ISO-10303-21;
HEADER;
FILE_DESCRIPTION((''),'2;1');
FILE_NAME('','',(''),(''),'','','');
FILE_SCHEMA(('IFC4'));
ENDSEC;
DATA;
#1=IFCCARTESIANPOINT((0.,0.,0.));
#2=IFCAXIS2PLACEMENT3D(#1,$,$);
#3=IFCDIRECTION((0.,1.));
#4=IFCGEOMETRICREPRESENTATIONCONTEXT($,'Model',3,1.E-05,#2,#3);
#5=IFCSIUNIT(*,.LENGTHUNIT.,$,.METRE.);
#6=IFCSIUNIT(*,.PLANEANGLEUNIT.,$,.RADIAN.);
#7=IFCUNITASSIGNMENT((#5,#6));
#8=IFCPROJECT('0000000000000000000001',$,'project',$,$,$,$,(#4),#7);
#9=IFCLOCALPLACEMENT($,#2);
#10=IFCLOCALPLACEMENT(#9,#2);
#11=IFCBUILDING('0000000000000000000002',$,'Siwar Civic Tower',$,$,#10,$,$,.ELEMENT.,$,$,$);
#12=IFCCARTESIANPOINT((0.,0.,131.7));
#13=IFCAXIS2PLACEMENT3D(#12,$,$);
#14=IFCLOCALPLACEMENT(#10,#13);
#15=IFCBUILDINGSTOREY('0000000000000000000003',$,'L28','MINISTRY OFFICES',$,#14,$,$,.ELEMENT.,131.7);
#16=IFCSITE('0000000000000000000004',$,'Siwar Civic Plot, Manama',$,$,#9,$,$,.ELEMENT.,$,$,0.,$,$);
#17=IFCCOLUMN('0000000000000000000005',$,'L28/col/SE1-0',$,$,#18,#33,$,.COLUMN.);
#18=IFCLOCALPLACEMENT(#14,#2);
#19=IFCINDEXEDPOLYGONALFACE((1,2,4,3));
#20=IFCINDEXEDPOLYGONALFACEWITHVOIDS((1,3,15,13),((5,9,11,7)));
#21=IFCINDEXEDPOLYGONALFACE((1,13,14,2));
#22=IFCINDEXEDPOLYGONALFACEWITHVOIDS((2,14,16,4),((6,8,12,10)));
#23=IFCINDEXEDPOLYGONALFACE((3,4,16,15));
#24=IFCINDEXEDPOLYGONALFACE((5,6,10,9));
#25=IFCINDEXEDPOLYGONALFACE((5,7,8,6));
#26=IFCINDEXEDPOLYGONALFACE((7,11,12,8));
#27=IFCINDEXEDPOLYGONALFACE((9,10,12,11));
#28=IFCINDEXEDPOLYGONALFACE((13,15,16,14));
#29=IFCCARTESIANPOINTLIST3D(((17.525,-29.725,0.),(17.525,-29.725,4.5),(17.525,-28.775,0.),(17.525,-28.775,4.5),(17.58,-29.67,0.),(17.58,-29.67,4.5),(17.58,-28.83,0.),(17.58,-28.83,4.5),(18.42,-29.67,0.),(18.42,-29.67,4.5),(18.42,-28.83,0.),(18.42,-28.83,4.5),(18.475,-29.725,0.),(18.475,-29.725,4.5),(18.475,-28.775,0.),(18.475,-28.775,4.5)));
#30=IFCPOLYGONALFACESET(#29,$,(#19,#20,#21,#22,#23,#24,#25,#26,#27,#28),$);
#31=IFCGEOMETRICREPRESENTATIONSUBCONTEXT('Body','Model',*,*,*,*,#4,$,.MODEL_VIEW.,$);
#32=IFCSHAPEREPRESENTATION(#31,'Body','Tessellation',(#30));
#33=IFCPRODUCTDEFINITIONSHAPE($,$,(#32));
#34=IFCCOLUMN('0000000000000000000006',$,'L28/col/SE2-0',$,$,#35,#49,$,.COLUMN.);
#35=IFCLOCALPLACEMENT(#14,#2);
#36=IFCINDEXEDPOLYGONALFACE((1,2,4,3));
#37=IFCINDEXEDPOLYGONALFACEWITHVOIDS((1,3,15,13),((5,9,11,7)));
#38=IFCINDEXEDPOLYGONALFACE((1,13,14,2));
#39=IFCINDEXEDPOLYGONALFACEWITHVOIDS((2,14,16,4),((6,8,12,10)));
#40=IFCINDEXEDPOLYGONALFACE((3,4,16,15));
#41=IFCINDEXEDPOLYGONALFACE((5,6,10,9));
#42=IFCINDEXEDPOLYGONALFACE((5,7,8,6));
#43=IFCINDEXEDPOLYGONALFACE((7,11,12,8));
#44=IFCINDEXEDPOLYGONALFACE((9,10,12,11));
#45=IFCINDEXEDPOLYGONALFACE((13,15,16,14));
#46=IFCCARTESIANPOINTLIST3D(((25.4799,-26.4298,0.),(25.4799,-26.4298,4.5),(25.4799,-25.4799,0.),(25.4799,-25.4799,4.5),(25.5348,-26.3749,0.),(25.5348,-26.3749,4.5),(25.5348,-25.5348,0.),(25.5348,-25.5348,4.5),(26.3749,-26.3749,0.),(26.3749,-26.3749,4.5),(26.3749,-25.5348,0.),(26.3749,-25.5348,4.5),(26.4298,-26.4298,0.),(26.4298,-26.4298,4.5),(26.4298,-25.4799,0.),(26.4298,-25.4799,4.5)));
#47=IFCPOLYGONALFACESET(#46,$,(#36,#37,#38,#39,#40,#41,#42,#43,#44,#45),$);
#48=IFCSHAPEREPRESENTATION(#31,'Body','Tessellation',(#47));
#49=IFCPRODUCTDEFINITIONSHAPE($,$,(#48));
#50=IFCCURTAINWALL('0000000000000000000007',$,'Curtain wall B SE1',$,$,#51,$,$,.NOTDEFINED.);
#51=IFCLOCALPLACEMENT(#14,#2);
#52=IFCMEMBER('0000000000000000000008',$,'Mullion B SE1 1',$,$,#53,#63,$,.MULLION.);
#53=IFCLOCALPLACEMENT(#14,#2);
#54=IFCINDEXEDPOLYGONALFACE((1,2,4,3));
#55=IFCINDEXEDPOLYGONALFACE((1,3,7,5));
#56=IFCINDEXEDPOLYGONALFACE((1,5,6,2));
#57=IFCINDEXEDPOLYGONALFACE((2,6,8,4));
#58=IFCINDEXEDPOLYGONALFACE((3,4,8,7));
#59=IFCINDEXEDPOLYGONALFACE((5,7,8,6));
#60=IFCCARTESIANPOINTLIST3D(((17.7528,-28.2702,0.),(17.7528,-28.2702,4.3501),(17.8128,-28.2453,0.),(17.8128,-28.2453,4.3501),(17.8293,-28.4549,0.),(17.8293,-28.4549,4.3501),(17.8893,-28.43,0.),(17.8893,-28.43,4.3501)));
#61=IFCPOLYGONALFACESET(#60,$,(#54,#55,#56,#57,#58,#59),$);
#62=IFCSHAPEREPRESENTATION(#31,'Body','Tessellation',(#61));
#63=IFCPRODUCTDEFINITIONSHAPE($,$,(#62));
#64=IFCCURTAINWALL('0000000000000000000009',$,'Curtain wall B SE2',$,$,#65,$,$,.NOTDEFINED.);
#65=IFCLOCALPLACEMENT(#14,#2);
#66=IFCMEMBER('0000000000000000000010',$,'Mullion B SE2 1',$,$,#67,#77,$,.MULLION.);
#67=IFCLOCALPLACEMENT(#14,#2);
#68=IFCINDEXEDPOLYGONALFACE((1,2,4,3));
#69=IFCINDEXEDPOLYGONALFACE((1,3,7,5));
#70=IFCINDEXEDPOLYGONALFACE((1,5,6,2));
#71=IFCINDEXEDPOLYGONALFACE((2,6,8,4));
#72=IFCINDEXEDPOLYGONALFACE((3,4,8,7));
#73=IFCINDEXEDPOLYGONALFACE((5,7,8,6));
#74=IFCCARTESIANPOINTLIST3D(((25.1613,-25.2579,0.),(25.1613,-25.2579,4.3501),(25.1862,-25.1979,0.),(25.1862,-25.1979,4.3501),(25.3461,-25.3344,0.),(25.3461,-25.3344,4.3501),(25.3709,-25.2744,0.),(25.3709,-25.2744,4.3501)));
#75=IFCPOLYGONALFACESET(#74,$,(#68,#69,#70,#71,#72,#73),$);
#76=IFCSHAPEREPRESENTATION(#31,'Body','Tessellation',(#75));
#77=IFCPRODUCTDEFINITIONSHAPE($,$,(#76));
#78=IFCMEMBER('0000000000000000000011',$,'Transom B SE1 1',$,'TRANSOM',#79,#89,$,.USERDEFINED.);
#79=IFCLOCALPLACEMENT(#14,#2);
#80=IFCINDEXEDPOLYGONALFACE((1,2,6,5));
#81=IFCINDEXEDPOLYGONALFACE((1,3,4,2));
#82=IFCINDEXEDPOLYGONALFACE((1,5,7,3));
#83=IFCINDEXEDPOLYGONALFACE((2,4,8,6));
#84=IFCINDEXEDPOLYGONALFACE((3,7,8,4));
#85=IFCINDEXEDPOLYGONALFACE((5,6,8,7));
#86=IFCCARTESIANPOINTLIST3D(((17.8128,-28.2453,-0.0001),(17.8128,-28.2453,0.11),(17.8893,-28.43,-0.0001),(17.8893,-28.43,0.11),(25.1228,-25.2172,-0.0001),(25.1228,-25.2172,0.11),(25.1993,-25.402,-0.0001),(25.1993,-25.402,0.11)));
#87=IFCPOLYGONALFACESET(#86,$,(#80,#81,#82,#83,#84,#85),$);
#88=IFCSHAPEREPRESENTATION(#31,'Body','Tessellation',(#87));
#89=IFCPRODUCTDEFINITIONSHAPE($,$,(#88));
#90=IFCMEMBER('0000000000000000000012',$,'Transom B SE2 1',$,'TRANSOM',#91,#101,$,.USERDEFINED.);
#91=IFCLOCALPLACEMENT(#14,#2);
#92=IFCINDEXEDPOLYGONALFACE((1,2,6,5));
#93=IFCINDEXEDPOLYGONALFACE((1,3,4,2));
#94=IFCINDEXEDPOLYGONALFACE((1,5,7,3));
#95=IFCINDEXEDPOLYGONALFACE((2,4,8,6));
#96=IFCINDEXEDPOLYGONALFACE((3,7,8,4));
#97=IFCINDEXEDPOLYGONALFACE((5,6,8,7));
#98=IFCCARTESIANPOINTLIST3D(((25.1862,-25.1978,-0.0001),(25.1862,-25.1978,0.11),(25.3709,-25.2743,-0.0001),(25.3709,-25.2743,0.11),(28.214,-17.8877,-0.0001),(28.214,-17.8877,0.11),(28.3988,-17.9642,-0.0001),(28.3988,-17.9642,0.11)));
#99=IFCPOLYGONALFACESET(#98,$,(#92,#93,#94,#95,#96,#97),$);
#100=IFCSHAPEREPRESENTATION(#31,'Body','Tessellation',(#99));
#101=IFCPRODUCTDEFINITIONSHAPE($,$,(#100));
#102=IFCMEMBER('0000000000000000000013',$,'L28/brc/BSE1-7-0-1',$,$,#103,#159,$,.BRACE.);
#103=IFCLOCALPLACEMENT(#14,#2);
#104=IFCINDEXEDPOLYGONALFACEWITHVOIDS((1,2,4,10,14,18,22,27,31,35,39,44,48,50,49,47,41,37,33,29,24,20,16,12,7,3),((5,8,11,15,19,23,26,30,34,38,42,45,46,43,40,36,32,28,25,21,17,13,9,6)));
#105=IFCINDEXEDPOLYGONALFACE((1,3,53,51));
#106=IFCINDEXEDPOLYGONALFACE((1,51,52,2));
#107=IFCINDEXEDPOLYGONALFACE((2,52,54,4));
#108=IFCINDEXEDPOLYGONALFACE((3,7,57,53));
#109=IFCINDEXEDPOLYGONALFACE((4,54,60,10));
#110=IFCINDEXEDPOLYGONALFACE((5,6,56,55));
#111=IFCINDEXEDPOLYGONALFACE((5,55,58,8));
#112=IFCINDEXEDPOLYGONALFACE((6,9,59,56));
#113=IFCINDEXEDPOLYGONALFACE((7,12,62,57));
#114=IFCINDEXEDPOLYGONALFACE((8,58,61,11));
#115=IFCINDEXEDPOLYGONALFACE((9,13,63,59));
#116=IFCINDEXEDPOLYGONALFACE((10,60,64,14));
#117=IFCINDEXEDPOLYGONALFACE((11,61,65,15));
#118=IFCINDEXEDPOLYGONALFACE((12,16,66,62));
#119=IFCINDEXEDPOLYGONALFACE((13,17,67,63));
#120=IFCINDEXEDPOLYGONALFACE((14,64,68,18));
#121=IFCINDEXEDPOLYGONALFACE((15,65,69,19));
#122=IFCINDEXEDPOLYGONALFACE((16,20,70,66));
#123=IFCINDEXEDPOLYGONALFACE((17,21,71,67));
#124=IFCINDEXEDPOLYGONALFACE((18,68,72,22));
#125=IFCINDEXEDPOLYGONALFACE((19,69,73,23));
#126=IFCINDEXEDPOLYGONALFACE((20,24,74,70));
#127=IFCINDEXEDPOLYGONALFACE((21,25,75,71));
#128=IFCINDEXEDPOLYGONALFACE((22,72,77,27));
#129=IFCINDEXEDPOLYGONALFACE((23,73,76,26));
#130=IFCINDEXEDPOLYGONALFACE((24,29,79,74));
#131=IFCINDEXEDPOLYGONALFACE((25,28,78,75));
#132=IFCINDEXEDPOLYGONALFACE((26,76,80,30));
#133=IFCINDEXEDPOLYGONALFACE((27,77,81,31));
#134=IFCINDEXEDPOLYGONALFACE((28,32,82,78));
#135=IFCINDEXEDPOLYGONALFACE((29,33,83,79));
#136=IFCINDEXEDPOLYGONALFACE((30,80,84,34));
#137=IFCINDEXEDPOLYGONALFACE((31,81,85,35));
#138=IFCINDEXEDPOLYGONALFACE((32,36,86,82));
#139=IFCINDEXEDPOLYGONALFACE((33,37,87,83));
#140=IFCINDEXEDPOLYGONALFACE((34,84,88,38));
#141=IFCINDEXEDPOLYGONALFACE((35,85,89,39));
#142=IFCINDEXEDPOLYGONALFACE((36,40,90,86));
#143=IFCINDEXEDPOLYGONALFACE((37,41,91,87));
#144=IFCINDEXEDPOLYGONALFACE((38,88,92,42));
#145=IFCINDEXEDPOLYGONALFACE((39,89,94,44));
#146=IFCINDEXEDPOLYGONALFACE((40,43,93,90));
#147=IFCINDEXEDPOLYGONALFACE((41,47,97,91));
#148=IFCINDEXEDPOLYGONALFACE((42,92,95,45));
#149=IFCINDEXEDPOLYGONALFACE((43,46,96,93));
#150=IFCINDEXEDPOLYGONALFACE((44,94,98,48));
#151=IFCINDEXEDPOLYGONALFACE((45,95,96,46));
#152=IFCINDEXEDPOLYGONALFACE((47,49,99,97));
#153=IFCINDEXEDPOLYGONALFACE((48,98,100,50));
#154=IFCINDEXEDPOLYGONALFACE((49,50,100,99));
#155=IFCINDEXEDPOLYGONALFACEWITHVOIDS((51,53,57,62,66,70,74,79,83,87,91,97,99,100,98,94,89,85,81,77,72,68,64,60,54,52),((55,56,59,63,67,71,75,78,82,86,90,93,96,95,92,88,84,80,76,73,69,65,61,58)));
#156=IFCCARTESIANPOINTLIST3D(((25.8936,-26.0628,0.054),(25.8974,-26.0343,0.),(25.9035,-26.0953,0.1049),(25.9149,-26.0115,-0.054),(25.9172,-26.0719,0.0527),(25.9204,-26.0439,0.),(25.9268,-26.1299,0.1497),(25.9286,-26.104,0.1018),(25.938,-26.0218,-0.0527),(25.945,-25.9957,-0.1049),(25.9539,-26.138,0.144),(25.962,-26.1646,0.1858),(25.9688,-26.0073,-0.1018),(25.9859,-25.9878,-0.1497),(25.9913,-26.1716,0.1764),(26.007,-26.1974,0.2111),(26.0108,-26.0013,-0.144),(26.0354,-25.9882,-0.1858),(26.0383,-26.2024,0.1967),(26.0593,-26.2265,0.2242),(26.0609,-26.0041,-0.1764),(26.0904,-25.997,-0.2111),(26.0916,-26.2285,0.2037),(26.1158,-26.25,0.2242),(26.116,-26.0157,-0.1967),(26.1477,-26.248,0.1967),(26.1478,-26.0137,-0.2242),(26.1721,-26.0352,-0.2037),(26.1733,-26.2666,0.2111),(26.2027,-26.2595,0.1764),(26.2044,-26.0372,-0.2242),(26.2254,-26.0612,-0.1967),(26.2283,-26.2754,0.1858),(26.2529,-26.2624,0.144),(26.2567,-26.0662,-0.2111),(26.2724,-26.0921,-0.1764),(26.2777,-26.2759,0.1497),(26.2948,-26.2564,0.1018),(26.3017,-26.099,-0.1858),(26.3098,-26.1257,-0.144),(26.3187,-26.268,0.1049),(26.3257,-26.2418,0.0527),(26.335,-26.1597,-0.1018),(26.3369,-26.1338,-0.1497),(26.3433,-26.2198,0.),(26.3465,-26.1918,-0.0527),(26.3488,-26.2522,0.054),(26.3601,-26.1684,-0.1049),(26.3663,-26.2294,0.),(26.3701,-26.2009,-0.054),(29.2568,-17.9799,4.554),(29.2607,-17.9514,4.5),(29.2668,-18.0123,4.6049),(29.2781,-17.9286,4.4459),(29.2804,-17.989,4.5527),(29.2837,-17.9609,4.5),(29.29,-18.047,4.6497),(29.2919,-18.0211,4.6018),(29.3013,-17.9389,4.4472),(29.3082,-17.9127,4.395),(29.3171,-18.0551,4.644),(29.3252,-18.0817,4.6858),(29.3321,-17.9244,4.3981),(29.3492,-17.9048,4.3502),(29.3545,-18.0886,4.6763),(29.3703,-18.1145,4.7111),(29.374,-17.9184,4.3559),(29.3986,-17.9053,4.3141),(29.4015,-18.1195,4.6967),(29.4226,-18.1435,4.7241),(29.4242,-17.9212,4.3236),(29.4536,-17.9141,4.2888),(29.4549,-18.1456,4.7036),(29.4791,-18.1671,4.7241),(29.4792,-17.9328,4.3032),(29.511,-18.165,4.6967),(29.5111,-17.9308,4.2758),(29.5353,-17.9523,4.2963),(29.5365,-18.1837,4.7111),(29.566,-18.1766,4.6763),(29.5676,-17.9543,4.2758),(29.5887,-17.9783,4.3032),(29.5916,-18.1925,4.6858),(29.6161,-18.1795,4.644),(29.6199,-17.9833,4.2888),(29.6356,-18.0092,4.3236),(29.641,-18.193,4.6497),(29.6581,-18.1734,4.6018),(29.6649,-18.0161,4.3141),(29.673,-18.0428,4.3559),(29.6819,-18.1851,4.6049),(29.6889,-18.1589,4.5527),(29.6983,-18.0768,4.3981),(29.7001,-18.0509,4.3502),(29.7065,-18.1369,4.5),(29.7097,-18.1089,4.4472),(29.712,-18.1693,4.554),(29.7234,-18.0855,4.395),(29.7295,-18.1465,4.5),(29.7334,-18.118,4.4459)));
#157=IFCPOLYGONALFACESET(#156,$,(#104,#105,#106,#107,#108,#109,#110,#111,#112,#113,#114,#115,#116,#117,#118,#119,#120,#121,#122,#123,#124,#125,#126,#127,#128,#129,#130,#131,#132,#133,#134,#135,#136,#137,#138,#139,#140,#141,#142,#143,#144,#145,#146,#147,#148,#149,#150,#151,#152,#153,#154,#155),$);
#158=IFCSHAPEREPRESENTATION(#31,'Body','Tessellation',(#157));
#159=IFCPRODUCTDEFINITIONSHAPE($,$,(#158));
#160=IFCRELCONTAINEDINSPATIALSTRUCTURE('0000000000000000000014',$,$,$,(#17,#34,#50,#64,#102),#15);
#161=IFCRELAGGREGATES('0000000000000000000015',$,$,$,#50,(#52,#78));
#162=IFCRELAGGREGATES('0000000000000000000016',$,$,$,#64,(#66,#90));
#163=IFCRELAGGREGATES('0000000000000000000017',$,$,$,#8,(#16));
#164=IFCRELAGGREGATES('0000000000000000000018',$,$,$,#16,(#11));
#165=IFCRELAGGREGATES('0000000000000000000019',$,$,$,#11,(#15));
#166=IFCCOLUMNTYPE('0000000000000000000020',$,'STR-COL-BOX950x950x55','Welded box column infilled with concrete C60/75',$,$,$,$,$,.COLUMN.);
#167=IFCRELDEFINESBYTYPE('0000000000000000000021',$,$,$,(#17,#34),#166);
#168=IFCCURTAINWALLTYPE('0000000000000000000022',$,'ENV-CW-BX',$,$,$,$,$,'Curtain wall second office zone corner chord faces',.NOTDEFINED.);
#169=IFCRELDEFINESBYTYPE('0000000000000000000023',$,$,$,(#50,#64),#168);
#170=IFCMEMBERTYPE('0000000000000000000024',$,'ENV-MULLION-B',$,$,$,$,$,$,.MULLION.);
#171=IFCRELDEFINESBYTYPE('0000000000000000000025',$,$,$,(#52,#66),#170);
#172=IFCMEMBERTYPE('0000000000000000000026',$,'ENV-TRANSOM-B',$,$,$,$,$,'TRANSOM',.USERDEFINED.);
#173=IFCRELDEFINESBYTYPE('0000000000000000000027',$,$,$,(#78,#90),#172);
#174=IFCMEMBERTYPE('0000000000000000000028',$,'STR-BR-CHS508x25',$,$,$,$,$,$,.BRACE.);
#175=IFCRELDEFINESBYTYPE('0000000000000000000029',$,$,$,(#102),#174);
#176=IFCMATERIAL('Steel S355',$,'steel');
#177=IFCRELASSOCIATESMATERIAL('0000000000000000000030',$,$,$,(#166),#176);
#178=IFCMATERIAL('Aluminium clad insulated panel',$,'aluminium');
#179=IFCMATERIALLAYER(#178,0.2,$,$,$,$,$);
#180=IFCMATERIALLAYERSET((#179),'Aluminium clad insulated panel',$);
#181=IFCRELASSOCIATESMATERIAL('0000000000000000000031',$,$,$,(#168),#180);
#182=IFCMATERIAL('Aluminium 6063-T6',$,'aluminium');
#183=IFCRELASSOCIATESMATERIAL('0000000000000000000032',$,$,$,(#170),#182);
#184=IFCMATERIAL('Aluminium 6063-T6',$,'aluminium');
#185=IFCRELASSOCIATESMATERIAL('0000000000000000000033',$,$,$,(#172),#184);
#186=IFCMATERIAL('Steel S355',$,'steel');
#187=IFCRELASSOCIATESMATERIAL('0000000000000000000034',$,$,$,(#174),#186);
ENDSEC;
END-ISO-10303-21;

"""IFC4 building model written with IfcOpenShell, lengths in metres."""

from ifc_helpers import new_model, si_unit, direction, frame, origin, origin_2d, place, context, subcontext, project, spatial, rectangle, hollow_rectangle, hollow_circle, extrude, material, layer, layer_set, material_profile, profile_set, type_object, element, aggregate, save


model = new_model("IFC4")

# Units and contexts
model_context = context("Model", 3, precision=1e-05, world=origin(), true_north=direction((0.0, 1.0)))
body_context = subcontext(model_context, "Body", "Model", "MODEL_VIEW")
ifc_project = project(units=[si_unit("LENGTHUNIT", "METRE"), si_unit("PLANEANGLEUNIT", "RADIAN")], contexts=[model_context])

# Site, building, storey
site_placement = place(None, origin())
site = spatial("IfcSite", under=ifc_project, at=site_placement, Name="Siwar Civic Plot, Manama", CompositionType="ELEMENT", RefElevation=0.0)
building_placement = place(site_placement, origin())
building = spatial("IfcBuilding", under=site, at=building_placement, Name="Siwar Civic Tower", CompositionType="ELEMENT")
storey_placement = place(building_placement, frame((0.0, 0.0, 131.7)))
storey = spatial("IfcBuildingStorey", under=building, at=storey_placement, Name="L28", Description="MINISTRY OFFICES", CompositionType="ELEMENT", Elevation=131.7)

# Columns
ifc_material_1 = material(Name="Steel S355", Category="steel")
ifc_material_profile_1 = material_profile(ifc_material_1, hollow_rectangle(XDim=0.95, YDim=0.95, WallThickness=0.0549, at=origin_2d()), Name="BOX950x950x55")
ifc_profile_set_1 = profile_set([ifc_material_profile_1], Name="Steel S355")
column_type = type_object("IfcColumnType", Name="STR-COL-BOX950x950x55", Description="Welded box column infilled with concrete C60/75", PredefinedType="COLUMN", material=ifc_profile_set_1)
for number, where, z_axis, x_axis, name in (
    (1, (18.0, -29.25, 0.0), (0.0, 0.0, 1.0), (1.0, 0.0, 0.0), "L28/col/SE1-0"),
    (2, (25.9548, -25.9548, 0.0), (0.0, 0.0, 1.0), (1.0, 0.0, 0.0), "L28/col/SE2-0"),
):
    element("IfcColumn", number, at=place(storey_placement, frame(where, z_axis=z_axis, x_axis=x_axis)), inside=storey, type_object=column_type, Name=name, PredefinedType="COLUMN", context=body_context, shape_type="SweptSolid", body=[
        extrude(hollow_rectangle(XDim=0.95, YDim=0.95, WallThickness=0.0549, at=origin_2d()), origin(), (0.0, 0.0, 1.0), 4.5),
    ])

# Curtain walls, members
ifc_material_2 = material(Name="Aluminium clad insulated panel", Category="aluminium")
ifc_layer_1 = layer(ifc_material_2, 0.2)
ifc_layer_set_1 = layer_set([ifc_layer_1], Name="Aluminium clad insulated panel")
curtain_wall_type = type_object("IfcCurtainWallType", Name="ENV-CW-BX", ElementType="Curtain wall second office zone corner chord faces", PredefinedType="NOTDEFINED", material=ifc_layer_set_1)
curtain_wall_1_placement = place(storey_placement, origin())
curtain_wall_1 = element("IfcCurtainWall", 3, at=curtain_wall_1_placement, inside=storey, type_object=curtain_wall_type, Name="Curtain wall B SE1", PredefinedType="NOTDEFINED")
ifc_material_3 = material(Name="Aluminium 6063-T6", Category="aluminium")
ifc_material_profile_2 = material_profile(ifc_material_3, rectangle(XDim=0.2, YDim=0.0649, at=origin_2d()), Name="AL 200x65")
ifc_profile_set_2 = profile_set([ifc_material_profile_2], Name="Aluminium 6063-T6")
member_type_1 = type_object("IfcMemberType", Name="ENV-MULLION-B", PredefinedType="MULLION", material=ifc_profile_set_2)
member_1_placement = place(storey_placement, frame((17.821, -28.3501, 0.0), z_axis=(0.0, 0.0, 1.0), x_axis=(-0.382683, 0.92388, 0.0)))
member_1 = element("IfcMember", 4, at=member_1_placement, type_object=member_type_1, Name="Mullion B SE1 1", PredefinedType="MULLION", context=body_context, shape_type="SweptSolid", body=[
    extrude(rectangle(XDim=0.2, YDim=0.0649, at=origin_2d()), origin(), (0.0, 0.0, 1.0), 4.3501),
])
curtain_wall_2_placement = place(storey_placement, origin())
curtain_wall_2 = element("IfcCurtainWall", 5, at=curtain_wall_2_placement, inside=storey, type_object=curtain_wall_type, Name="Curtain wall B SE2", PredefinedType="NOTDEFINED")
member_2_placement = place(storey_placement, frame((25.2661, -25.2661, 0.0), z_axis=(0.0, 0.0, 1.0), x_axis=(-0.92388, 0.382683, 0.0)))
member_2 = element("IfcMember", 6, at=member_2_placement, type_object=member_type_1, Name="Mullion B SE2 1", PredefinedType="MULLION", context=body_context, shape_type="SweptSolid", body=[
    extrude(rectangle(XDim=0.2, YDim=0.0649, at=origin_2d()), origin(), (0.0, 0.0, 1.0), 4.3501),
])

# Members
ifc_material_4 = material(Name="Aluminium 6063-T6", Category="aluminium")
ifc_material_profile_3 = material_profile(ifc_material_4, rectangle(XDim=0.2, YDim=0.1101, at=origin_2d()), Name="AL 200x110")
ifc_profile_set_3 = profile_set([ifc_material_profile_3], Name="Aluminium 6063-T6")
member_type_2 = type_object("IfcMemberType", Name="ENV-TRANSOM-B", ElementType="TRANSOM", PredefinedType="USERDEFINED", material=ifc_profile_set_3)
member_3_placement = place(storey_placement, frame((17.8511, -28.3376, 0.0549), z_axis=(0.923873, 0.3827, 0.0), x_axis=(-0.3827, 0.923873, 0.0)))
member_3 = element("IfcMember", 7, at=member_3_placement, type_object=member_type_2, Name="Transom B SE1 1", ObjectType="TRANSOM", PredefinedType="USERDEFINED", context=body_context, shape_type="SweptSolid", body=[
    extrude(rectangle(XDim=0.2, YDim=0.1101, at=origin_2d()), origin(), (0.0, 0.0, 1.0), 7.9124),
])
member_4_placement = place(storey_placement, frame((25.2786, -25.2361, 0.0549), z_axis=(0.382673, 0.923884, 0.0), x_axis=(-0.923884, 0.382673, 0.0)))
member_4 = element("IfcMember", 8, at=member_4_placement, type_object=member_type_2, Name="Transom B SE2 1", ObjectType="TRANSOM", PredefinedType="USERDEFINED", context=body_context, shape_type="SweptSolid", body=[
    extrude(rectangle(XDim=0.2, YDim=0.1101, at=origin_2d()), origin(), (0.0, 0.0, 1.0), 7.9124),
])

# Member
ifc_material_5 = material(Name="Steel S355", Category="steel")
ifc_material_profile_4 = material_profile(ifc_material_5, hollow_circle(Radius=0.2539, WallThickness=0.0249, at=origin_2d()), Name="CHS508x25")
ifc_profile_set_4 = profile_set([ifc_material_profile_4], Name="Steel S355")
member_type_3 = type_object("IfcMemberType", Name="STR-BR-CHS508x25", PredefinedType="BRACE", material=ifc_profile_set_4)
member_5_placement = place(storey_placement, frame((26.1318, -26.1318, 0.0), z_axis=(0.341671, 0.821143, 0.457149), x_axis=(-0.923265, 0.384164, 0.0)))
element("IfcMember", 9, at=member_5_placement, inside=storey, type_object=member_type_3, Name="L28/brc/BSE1-7-0-1", PredefinedType="BRACE", context=body_context, shape_type="SweptSolid", body=[
    extrude(hollow_circle(Radius=0.2539, WallThickness=0.0249, at=origin_2d()), origin(), (0.0, 0.0, 1.0), 9.8435),
])

aggregate(curtain_wall_1, [member_1, member_3])
aggregate(curtain_wall_2, [member_2, member_4])

save(model, "model.ifc")
